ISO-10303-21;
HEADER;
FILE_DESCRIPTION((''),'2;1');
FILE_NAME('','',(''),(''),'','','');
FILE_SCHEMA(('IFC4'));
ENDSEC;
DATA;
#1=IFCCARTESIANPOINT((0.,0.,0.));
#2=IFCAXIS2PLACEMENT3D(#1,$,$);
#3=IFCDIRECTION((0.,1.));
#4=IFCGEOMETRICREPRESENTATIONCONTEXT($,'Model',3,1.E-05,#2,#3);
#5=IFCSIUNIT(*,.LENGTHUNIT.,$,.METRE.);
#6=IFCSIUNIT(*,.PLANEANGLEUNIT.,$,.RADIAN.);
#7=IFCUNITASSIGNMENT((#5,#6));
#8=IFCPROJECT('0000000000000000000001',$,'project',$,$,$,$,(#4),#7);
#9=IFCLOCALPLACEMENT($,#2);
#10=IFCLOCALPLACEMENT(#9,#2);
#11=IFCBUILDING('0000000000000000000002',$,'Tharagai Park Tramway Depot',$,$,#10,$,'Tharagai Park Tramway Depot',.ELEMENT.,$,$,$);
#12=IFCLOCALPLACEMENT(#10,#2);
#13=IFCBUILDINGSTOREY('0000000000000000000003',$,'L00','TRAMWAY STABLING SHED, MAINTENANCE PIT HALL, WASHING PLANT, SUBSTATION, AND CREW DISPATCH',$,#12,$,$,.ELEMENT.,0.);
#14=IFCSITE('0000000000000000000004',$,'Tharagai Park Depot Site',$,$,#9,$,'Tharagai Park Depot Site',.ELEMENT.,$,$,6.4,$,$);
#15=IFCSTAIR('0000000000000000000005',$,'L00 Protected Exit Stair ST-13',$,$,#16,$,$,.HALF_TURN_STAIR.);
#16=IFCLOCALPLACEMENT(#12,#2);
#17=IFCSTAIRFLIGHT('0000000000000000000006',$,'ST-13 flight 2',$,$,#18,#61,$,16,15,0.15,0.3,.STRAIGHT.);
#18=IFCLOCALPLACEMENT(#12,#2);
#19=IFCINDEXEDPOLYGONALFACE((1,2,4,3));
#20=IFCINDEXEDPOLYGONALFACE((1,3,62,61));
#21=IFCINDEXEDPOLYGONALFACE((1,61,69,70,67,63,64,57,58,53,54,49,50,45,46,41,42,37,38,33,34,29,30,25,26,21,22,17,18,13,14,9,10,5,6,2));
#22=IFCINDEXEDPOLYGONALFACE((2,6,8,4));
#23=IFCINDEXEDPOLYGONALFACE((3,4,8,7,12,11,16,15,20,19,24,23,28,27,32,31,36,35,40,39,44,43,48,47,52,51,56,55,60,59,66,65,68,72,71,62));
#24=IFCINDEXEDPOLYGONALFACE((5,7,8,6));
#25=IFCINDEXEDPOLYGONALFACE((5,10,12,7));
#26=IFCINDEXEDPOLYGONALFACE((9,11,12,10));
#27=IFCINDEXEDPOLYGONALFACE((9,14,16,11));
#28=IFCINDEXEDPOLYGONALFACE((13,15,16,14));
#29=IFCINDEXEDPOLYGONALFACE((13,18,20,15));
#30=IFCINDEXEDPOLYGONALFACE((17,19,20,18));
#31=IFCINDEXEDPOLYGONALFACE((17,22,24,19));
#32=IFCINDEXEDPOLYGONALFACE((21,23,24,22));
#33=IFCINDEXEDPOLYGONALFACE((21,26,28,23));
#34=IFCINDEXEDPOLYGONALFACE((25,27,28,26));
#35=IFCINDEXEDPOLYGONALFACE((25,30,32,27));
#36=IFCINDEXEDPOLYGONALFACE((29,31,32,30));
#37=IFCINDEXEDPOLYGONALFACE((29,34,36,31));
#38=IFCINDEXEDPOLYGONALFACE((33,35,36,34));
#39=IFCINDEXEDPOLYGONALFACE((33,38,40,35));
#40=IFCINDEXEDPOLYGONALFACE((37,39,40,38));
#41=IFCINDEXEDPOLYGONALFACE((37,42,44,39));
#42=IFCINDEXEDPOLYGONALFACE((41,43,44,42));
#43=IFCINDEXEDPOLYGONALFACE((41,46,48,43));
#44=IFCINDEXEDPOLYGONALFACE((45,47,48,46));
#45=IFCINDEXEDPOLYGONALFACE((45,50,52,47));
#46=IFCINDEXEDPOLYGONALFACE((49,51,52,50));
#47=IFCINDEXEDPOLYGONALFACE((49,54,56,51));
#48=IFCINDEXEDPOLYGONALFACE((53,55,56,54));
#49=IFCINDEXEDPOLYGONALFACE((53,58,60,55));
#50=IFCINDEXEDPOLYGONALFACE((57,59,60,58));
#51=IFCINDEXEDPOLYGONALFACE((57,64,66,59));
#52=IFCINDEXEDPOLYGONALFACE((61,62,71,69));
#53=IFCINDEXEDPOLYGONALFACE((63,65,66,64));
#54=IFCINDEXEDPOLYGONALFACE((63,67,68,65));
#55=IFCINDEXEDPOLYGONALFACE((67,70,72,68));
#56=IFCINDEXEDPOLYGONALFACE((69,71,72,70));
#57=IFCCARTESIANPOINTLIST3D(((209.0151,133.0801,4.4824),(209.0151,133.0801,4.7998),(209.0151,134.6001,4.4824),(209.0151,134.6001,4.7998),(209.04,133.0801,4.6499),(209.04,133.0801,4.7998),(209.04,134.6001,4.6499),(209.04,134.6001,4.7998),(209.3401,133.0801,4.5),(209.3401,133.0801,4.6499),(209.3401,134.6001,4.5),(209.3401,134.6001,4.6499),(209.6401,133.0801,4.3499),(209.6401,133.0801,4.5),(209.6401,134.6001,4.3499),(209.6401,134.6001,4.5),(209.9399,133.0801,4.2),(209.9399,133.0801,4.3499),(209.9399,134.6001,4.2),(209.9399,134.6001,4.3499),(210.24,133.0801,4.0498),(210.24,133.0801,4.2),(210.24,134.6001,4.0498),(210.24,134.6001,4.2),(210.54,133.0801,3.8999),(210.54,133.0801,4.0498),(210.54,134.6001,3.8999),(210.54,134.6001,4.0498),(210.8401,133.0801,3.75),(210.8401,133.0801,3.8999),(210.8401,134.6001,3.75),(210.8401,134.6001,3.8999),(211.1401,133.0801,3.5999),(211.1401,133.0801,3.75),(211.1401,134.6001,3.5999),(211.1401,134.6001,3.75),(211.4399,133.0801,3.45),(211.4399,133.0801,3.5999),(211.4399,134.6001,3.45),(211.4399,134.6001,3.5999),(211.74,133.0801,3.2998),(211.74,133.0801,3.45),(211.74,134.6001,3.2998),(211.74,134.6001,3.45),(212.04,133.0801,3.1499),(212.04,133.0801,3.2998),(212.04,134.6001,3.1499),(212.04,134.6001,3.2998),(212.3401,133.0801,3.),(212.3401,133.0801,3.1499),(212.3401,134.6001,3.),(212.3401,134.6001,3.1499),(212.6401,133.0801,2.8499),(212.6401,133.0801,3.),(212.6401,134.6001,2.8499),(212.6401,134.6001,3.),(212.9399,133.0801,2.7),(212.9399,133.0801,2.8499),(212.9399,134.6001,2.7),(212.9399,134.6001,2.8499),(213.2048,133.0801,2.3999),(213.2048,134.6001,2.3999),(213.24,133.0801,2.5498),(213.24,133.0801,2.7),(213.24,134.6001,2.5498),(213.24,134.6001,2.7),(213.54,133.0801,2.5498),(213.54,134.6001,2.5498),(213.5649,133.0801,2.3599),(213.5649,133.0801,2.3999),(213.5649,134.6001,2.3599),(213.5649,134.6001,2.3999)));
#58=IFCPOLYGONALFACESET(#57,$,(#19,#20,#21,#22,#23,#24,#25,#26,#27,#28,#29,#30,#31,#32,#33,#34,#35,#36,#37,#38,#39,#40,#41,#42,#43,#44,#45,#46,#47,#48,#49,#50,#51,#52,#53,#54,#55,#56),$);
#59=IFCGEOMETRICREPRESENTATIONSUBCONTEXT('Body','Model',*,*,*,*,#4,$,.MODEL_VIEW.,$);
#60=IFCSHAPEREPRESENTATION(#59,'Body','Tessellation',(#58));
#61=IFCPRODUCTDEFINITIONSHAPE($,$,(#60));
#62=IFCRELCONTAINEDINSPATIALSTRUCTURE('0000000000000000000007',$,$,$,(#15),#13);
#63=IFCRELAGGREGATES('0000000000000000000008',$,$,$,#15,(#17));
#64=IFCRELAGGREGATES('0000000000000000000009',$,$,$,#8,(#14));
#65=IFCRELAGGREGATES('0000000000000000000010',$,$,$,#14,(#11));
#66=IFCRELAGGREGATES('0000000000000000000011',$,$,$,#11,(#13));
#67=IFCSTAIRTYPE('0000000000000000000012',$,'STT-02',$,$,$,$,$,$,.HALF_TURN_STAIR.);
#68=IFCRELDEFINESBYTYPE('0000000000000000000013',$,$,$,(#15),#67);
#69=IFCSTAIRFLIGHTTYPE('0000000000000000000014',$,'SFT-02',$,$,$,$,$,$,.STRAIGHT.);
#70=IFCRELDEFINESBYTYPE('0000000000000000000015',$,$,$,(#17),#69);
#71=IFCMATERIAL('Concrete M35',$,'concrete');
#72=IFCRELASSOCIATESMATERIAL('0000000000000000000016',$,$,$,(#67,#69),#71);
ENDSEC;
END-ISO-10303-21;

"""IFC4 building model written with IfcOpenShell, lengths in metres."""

from ifc_helpers import new_model, si_unit, direction, frame, origin, place, context, subcontext, project, spatial, polyline, outline, extrude, material, type_object, element, aggregate, save


model = new_model("IFC4")

# Units and contexts
model_context = context("Model", 3, precision=1e-05, world=origin(), true_north=direction((0.0, 1.0)))
body_context = subcontext(model_context, "Body", "Model", "MODEL_VIEW")
ifc_project = project(units=[si_unit("LENGTHUNIT", "METRE"), si_unit("PLANEANGLEUNIT", "RADIAN")], contexts=[model_context])

# Site, building, storey
site_placement = place(None, origin())
site = spatial("IfcSite", under=ifc_project, at=site_placement, Name="Tharagai Park Depot Site", LongName="Tharagai Park Depot Site", CompositionType="ELEMENT", RefElevation=6.4)
building_placement = place(site_placement, origin())
building = spatial("IfcBuilding", under=site, at=building_placement, Name="Tharagai Park Tramway Depot", LongName="Tharagai Park Tramway Depot", CompositionType="ELEMENT")
storey_placement = place(building_placement, origin())
storey = spatial("IfcBuildingStorey", under=building, at=storey_placement, Name="L00", Description="TRAMWAY STABLING SHED, MAINTENANCE PIT HALL, WASHING PLANT, SUBSTATION, AND CREW DISPATCH", CompositionType="ELEMENT", Elevation=0.0)

# Stair, stair flight
ifc_material_1 = material(Name="Concrete M35", Category="concrete")
stair_type = type_object("IfcStairType", Name="STT-02", PredefinedType="HALF_TURN_STAIR", material=ifc_material_1)
stair_placement = place(storey_placement, origin())
stair = element("IfcStair", 1, at=stair_placement, inside=storey, type_object=stair_type, Name="L00 Protected Exit Stair ST-13", PredefinedType="HALF_TURN_STAIR")
stair_flight_type = type_object("IfcStairFlightType", Name="SFT-02", PredefinedType="STRAIGHT", material=ifc_material_1)
stair_flight_1_placement = place(storey_placement, frame((213.54, 133.8401, 2.3999), z_axis=(0.0, 0.0, 1.0), x_axis=(-1.0, 0.0, 0.0)))
stair_flight_1 = element("IfcStairFlight", 2, at=stair_flight_1_placement, type_object=stair_flight_type, Name="ST-13 flight 2", NumberOfRisers=16, NumberOfTreads=15, PredefinedType="STRAIGHT", RiserHeight=0.15, TreadLength=0.3, context=body_context, shape_type="SweptSolid", body=[
    extrude(outline(polyline([(-0.0249, 0.0), (0.0, 0.1499), (0.3, 0.1499), (0.3, 0.3), (0.6001, 0.3), (0.6001, 0.45), (0.8999, 0.45), (0.8999, 0.6001), (1.2, 0.6001), (1.2, 0.75), (1.5, 0.75), (1.5, 0.8999), (1.8, 0.8999), (1.8, 1.05), (2.1001, 1.05), (2.1001, 1.2), (2.3999, 1.2), (2.3999, 1.3501), (2.7, 1.3501), (2.7, 1.5), (3.0, 1.5), (3.0, 1.6499), (3.3, 1.6499), (3.3, 1.8), (3.6001, 1.8), (3.6001, 1.95), (3.8999, 1.95), (3.8999, 2.1001), (4.2, 2.1001), (4.2, 2.25), (4.5, 2.25), (4.5, 2.3999), (4.5249, 2.3999), (4.5249, 2.0825), (0.3352, 0.0), (-0.0249, -0.04), (-0.0249, 0.0)])), frame((0.0, 0.76, 0.0), z_axis=(0.0, -1.0, 0.0), x_axis=(1.0, 0.0, 0.0)), (0.0, 0.0, 1.0), 1.52),
])
aggregate(stair, [stair_flight_1])

save(model, "model.ifc")
